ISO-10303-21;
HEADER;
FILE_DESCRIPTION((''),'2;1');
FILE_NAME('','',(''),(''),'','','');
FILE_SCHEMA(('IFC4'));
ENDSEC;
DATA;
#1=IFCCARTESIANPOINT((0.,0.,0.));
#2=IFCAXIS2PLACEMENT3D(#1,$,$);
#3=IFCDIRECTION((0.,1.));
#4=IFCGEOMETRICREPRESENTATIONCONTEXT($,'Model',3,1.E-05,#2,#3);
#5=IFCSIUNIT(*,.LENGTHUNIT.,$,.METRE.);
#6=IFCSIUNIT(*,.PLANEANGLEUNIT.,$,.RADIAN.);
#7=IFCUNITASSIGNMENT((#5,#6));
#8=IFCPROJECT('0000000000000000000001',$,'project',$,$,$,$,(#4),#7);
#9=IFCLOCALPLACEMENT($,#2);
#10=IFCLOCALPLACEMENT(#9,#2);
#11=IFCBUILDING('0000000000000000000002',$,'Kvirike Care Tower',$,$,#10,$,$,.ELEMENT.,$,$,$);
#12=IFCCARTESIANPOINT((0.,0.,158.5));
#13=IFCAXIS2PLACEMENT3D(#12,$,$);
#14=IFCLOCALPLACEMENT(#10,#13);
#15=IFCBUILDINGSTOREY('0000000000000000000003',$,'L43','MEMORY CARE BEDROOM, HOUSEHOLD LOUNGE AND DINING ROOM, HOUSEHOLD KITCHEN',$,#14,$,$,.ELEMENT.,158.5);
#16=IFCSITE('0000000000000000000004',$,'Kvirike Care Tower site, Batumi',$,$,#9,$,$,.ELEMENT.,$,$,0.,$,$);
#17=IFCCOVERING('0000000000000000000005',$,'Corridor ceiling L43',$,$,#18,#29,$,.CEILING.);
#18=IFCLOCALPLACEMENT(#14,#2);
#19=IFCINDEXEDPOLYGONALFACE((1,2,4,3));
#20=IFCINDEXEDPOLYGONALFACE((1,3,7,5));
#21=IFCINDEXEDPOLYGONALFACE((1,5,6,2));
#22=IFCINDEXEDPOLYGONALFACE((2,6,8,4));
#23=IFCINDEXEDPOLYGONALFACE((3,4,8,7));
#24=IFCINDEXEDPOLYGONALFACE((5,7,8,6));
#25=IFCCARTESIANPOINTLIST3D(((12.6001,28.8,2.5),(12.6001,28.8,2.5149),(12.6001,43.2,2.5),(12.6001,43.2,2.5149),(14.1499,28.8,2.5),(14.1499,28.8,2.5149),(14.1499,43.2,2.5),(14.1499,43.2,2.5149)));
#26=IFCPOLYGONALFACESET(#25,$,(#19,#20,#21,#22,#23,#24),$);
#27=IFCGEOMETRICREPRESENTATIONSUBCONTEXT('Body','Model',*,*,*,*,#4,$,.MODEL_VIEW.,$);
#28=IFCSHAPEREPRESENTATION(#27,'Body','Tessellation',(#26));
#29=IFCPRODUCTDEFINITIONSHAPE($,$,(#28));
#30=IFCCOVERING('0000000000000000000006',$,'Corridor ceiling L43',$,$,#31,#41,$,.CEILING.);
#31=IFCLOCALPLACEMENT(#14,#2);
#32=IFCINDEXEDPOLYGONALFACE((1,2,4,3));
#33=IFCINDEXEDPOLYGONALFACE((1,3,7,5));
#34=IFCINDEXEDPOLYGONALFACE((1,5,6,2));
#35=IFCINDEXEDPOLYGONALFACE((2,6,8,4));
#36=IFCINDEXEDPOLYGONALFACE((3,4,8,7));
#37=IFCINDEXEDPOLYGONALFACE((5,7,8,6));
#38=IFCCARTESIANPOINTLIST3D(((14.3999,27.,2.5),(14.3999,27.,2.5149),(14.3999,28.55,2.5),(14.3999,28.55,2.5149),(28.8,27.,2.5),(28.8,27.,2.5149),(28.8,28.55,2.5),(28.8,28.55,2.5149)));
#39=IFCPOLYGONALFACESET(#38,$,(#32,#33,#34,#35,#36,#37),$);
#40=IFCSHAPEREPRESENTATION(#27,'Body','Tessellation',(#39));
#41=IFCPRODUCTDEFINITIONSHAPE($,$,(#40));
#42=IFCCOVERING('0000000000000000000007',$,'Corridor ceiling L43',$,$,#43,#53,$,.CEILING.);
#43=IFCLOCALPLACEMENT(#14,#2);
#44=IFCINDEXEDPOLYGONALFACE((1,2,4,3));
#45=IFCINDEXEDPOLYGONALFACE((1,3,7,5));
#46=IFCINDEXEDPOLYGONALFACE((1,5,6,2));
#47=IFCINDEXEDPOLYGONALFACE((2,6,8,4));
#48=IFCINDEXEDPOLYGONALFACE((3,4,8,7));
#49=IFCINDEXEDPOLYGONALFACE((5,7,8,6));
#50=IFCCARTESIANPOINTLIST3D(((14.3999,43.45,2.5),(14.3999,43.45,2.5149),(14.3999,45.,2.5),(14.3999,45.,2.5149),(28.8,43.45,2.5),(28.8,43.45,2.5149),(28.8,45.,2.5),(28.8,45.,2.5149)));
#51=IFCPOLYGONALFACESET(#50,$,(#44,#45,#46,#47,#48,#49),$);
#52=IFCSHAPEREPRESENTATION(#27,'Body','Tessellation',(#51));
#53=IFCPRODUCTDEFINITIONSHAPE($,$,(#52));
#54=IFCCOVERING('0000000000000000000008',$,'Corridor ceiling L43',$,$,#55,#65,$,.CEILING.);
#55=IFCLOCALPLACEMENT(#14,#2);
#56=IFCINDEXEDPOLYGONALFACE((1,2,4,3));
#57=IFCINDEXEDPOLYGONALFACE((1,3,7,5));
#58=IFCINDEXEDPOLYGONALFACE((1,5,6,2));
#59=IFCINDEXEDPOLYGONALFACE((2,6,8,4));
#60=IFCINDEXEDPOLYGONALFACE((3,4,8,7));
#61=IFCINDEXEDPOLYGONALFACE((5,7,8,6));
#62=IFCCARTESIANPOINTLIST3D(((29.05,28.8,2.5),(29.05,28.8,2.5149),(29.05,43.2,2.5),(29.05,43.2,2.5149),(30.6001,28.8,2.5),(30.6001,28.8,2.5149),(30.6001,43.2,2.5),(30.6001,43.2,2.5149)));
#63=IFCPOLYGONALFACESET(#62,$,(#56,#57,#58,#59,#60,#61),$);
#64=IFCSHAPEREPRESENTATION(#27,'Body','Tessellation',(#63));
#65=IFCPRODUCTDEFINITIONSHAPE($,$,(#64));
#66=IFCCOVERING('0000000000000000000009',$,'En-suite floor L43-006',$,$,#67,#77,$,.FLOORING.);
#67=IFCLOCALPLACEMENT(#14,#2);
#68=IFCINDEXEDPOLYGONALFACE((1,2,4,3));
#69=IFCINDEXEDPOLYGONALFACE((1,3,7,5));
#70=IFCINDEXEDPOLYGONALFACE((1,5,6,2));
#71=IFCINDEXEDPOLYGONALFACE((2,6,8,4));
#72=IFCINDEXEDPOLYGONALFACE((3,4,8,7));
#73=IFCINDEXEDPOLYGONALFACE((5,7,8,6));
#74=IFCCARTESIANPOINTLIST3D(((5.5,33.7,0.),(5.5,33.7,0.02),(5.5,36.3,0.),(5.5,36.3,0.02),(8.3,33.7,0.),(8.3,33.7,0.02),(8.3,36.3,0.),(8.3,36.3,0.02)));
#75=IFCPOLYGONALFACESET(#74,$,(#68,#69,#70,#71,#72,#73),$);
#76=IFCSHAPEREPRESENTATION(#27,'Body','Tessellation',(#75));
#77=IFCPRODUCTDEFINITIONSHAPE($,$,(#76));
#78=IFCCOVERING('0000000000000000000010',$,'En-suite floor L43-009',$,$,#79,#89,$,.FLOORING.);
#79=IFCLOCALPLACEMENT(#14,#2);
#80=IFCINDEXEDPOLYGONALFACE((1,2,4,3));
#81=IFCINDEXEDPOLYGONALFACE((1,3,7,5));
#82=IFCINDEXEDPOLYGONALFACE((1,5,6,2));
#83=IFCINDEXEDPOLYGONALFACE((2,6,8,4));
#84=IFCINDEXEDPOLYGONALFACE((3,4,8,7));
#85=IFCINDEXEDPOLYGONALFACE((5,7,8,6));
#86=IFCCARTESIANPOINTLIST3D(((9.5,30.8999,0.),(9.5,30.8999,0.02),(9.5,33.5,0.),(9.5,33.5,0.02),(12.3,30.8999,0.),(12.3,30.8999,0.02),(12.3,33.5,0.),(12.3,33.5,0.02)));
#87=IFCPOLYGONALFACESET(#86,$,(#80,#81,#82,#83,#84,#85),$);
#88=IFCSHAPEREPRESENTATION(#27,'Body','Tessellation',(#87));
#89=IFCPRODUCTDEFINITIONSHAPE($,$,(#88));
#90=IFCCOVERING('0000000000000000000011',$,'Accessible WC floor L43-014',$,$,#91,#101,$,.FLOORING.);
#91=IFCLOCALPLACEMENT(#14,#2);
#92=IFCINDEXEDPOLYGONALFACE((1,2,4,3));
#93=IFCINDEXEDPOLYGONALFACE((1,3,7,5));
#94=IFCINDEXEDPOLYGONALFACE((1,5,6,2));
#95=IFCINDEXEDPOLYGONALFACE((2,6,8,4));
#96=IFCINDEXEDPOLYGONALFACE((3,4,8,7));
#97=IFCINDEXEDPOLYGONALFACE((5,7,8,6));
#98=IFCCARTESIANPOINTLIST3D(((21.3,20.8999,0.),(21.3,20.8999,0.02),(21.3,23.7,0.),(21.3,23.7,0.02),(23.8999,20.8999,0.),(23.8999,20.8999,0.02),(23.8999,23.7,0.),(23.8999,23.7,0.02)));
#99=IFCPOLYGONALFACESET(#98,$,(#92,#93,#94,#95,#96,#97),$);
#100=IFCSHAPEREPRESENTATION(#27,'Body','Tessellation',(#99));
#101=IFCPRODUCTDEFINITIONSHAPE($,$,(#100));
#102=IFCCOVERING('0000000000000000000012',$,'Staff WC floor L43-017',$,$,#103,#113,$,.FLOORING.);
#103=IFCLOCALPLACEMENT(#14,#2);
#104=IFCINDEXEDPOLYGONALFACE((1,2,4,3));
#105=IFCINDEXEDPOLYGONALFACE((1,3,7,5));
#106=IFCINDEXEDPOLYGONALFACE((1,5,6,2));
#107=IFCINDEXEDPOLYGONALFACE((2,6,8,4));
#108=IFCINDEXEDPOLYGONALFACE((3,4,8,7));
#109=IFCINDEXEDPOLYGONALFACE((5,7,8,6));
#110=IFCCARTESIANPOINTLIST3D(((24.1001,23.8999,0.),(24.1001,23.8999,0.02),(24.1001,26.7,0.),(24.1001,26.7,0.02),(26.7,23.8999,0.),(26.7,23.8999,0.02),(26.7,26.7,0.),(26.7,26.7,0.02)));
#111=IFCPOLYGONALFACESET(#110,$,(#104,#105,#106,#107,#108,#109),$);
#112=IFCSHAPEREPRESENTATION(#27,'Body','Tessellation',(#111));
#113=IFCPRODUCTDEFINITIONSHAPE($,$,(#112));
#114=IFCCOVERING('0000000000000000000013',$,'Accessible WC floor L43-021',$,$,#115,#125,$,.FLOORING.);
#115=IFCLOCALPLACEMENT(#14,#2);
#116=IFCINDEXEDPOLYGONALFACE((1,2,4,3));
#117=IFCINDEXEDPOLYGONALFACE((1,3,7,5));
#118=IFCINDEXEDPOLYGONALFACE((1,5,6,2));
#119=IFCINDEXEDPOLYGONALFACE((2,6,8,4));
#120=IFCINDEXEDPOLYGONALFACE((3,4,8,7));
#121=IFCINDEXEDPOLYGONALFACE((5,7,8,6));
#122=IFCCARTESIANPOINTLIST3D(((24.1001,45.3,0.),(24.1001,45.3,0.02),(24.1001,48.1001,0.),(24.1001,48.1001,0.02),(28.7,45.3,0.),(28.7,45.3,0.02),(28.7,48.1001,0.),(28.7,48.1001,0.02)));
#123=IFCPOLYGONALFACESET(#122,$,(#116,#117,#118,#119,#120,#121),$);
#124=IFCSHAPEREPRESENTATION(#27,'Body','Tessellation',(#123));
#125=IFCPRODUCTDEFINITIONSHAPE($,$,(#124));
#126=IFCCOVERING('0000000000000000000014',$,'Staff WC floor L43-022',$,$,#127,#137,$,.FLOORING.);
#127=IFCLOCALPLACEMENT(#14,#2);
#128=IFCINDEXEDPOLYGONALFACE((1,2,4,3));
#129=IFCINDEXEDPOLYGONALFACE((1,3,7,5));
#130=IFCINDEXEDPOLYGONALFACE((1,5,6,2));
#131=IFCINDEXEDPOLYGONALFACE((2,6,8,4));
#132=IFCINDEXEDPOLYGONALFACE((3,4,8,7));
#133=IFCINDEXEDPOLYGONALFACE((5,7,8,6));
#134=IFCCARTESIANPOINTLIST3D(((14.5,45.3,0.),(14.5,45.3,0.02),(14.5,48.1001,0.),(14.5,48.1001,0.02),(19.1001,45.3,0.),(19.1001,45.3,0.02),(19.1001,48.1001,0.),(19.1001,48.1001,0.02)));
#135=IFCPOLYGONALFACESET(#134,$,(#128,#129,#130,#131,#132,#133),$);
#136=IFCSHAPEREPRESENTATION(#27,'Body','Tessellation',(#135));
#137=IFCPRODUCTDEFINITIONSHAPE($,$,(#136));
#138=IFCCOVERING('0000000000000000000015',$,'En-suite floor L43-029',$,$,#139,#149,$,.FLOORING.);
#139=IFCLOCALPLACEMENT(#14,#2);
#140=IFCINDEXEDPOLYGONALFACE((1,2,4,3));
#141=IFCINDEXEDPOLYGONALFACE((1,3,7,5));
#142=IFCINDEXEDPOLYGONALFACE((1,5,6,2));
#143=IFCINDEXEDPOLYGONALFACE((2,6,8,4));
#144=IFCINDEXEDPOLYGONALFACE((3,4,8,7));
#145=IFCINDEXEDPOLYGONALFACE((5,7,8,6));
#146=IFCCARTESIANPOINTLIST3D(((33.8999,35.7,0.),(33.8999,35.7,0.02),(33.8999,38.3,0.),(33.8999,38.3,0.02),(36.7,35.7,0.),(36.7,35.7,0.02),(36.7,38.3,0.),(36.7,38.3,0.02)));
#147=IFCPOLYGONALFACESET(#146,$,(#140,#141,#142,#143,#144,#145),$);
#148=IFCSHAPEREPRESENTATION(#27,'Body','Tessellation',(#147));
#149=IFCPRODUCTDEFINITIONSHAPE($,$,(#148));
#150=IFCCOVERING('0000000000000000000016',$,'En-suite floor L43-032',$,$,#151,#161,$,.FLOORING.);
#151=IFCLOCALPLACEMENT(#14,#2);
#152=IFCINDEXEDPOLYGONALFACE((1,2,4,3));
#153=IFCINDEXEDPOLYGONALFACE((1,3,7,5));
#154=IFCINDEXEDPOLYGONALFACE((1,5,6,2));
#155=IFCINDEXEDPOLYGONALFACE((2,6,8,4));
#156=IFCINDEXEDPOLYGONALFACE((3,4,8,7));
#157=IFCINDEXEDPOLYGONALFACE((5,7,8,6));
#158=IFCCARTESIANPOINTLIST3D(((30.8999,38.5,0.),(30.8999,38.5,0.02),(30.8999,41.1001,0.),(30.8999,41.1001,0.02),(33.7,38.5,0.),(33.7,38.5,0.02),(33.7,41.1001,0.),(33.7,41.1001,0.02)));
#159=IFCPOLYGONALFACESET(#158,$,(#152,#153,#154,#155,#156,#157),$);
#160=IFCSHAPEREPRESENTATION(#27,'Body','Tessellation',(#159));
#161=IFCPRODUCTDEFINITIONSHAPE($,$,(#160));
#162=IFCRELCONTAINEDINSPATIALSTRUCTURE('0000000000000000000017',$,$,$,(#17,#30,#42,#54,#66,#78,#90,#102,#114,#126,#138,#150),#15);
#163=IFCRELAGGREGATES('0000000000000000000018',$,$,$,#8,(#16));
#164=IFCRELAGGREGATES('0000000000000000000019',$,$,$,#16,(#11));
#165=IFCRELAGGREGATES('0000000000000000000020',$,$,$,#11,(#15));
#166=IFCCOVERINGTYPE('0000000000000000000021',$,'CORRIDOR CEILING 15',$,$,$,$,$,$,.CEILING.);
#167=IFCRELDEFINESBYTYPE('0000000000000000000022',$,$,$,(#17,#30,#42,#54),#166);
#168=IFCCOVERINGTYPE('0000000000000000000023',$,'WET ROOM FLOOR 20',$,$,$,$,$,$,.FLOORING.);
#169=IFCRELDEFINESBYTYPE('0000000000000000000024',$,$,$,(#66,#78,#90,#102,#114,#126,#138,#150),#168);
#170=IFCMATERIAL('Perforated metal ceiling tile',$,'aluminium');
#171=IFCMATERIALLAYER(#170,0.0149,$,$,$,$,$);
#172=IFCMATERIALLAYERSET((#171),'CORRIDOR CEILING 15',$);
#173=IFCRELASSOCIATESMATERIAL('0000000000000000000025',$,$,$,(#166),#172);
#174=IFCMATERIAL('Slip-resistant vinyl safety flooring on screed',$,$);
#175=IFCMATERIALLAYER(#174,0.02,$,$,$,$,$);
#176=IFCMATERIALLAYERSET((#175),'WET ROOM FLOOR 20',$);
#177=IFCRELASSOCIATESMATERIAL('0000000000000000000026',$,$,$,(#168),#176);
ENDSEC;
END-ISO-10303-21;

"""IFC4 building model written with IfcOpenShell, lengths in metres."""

from ifc_helpers import new_model, si_unit, direction, frame, origin, place, context, subcontext, project, spatial, polyline, outline, extrude, material, layer, layer_set, type_object, element, save


model = new_model("IFC4")

# Units and contexts
model_context = context("Model", 3, precision=1e-05, world=origin(), true_north=direction((0.0, 1.0)))
body_context = subcontext(model_context, "Body", "Model", "MODEL_VIEW")
ifc_project = project(units=[si_unit("LENGTHUNIT", "METRE"), si_unit("PLANEANGLEUNIT", "RADIAN")], contexts=[model_context])

# Site, building, storey
site_placement = place(None, origin())
site = spatial("IfcSite", under=ifc_project, at=site_placement, Name="Kvirike Care Tower site, Batumi", CompositionType="ELEMENT", RefElevation=0.0)
building_placement = place(site_placement, origin())
building = spatial("IfcBuilding", under=site, at=building_placement, Name="Kvirike Care Tower", CompositionType="ELEMENT")
storey_placement = place(building_placement, frame((0.0, 0.0, 158.5)))
storey = spatial("IfcBuildingStorey", under=building, at=storey_placement, Name="L43", Description="MEMORY CARE BEDROOM, HOUSEHOLD LOUNGE AND DINING ROOM, HOUSEHOLD KITCHEN", CompositionType="ELEMENT", Elevation=158.5)

# Coverings
ifc_material_1 = material(Name="Perforated metal ceiling tile", Category="aluminium")
ifc_layer_1 = layer(ifc_material_1, 0.0149)
ifc_layer_set_1 = layer_set([ifc_layer_1], Name="CORRIDOR CEILING 15")
covering_type_1 = type_object("IfcCoveringType", Name="CORRIDOR CEILING 15", PredefinedType="CEILING", material=ifc_layer_set_1)
covering_1_placement = place(storey_placement, frame((0.0, 0.0, 2.5)))
element("IfcCovering", 1, at=covering_1_placement, inside=storey, type_object=covering_type_1, Name="Corridor ceiling L43", PredefinedType="CEILING", context=body_context, shape_type="SweptSolid", body=[
    extrude(outline(polyline([(12.6001, 43.2), (14.1499, 43.2), (14.1499, 28.8), (12.6001, 28.8), (12.6001, 43.2)])), origin(), (0.0, 0.0, 1.0), 0.0149),
])
covering_2_placement = place(storey_placement, frame((0.0, 0.0, 2.5)))
element("IfcCovering", 2, at=covering_2_placement, inside=storey, type_object=covering_type_1, Name="Corridor ceiling L43", PredefinedType="CEILING", context=body_context, shape_type="SweptSolid", body=[
    extrude(outline(polyline([(14.3999, 27.0), (14.3999, 28.55), (28.8, 28.55), (28.8, 27.0), (14.3999, 27.0)])), origin(), (0.0, 0.0, 1.0), 0.0149),
])
covering_3_placement = place(storey_placement, frame((0.0, 0.0, 2.5)))
element("IfcCovering", 3, at=covering_3_placement, inside=storey, type_object=covering_type_1, Name="Corridor ceiling L43", PredefinedType="CEILING", context=body_context, shape_type="SweptSolid", body=[
    extrude(outline(polyline([(28.8, 45.0), (28.8, 43.45), (14.3999, 43.45), (14.3999, 45.0), (28.8, 45.0)])), origin(), (0.0, 0.0, 1.0), 0.0149),
])
covering_4_placement = place(storey_placement, frame((0.0, 0.0, 2.5)))
element("IfcCovering", 4, at=covering_4_placement, inside=storey, type_object=covering_type_1, Name="Corridor ceiling L43", PredefinedType="CEILING", context=body_context, shape_type="SweptSolid", body=[
    extrude(outline(polyline([(30.6001, 28.8), (29.05, 28.8), (29.05, 43.2), (30.6001, 43.2), (30.6001, 28.8)])), origin(), (0.0, 0.0, 1.0), 0.0149),
])
ifc_material_2 = material(Name="Slip-resistant vinyl safety flooring on screed")
ifc_layer_2 = layer(ifc_material_2, 0.02)
ifc_layer_set_2 = layer_set([ifc_layer_2], Name="WET ROOM FLOOR 20")
covering_type_2 = type_object("IfcCoveringType", Name="WET ROOM FLOOR 20", PredefinedType="FLOORING", material=ifc_layer_set_2)
covering_5_placement = place(storey_placement, origin())
element("IfcCovering", 5, at=covering_5_placement, inside=storey, type_object=covering_type_2, Name="En-suite floor L43-006", PredefinedType="FLOORING", context=body_context, shape_type="SweptSolid", body=[
    extrude(outline(polyline([(5.5, 36.3), (8.3, 36.3), (8.3, 33.7), (5.5, 33.7), (5.5, 36.3)])), origin(), (0.0, 0.0, 1.0), 0.02),
])
covering_6_placement = place(storey_placement, origin())
element("IfcCovering", 6, at=covering_6_placement, inside=storey, type_object=covering_type_2, Name="En-suite floor L43-009", PredefinedType="FLOORING", context=body_context, shape_type="SweptSolid", body=[
    extrude(outline(polyline([(9.5, 33.5), (12.3, 33.5), (12.3, 30.8999), (9.5, 30.8999), (9.5, 33.5)])), origin(), (0.0, 0.0, 1.0), 0.02),
])
covering_7_placement = place(storey_placement, origin())
element("IfcCovering", 7, at=covering_7_placement, inside=storey, type_object=covering_type_2, Name="Accessible WC floor L43-014", PredefinedType="FLOORING", context=body_context, shape_type="SweptSolid", body=[
    extrude(outline(polyline([(21.3, 20.8999), (21.3, 23.7), (23.8999, 23.7), (23.8999, 20.8999), (21.3, 20.8999)])), origin(), (0.0, 0.0, 1.0), 0.02),
])
covering_8_placement = place(storey_placement, origin())
element("IfcCovering", 8, at=covering_8_placement, inside=storey, type_object=covering_type_2, Name="Staff WC floor L43-017", PredefinedType="FLOORING", context=body_context, shape_type="SweptSolid", body=[
    extrude(outline(polyline([(24.1001, 23.8999), (24.1001, 26.7), (26.7, 26.7), (26.7, 23.8999), (24.1001, 23.8999)])), origin(), (0.0, 0.0, 1.0), 0.02),
])
covering_9_placement = place(storey_placement, origin())
element("IfcCovering", 9, at=covering_9_placement, inside=storey, type_object=covering_type_2, Name="Accessible WC floor L43-021", PredefinedType="FLOORING", context=body_context, shape_type="SweptSolid", body=[
    extrude(outline(polyline([(28.7, 48.1001), (28.7, 45.3), (24.1001, 45.3), (24.1001, 48.1001), (28.7, 48.1001)])), origin(), (0.0, 0.0, 1.0), 0.02),
])
covering_10_placement = place(storey_placement, origin())
element("IfcCovering", 10, at=covering_10_placement, inside=storey, type_object=covering_type_2, Name="Staff WC floor L43-022", PredefinedType="FLOORING", context=body_context, shape_type="SweptSolid", body=[
    extrude(outline(polyline([(19.1001, 48.1001), (19.1001, 45.3), (14.5, 45.3), (14.5, 48.1001), (19.1001, 48.1001)])), origin(), (0.0, 0.0, 1.0), 0.02),
])
covering_11_placement = place(storey_placement, origin())
element("IfcCovering", 11, at=covering_11_placement, inside=storey, type_object=covering_type_2, Name="En-suite floor L43-029", PredefinedType="FLOORING", context=body_context, shape_type="SweptSolid", body=[
    extrude(outline(polyline([(36.7, 35.7), (33.8999, 35.7), (33.8999, 38.3), (36.7, 38.3), (36.7, 35.7)])), origin(), (0.0, 0.0, 1.0), 0.02),
])
covering_12_placement = place(storey_placement, origin())
element("IfcCovering", 12, at=covering_12_placement, inside=storey, type_object=covering_type_2, Name="En-suite floor L43-032", PredefinedType="FLOORING", context=body_context, shape_type="SweptSolid", body=[
    extrude(outline(polyline([(33.7, 38.5), (30.8999, 38.5), (30.8999, 41.1001), (33.7, 41.1001), (33.7, 38.5)])), origin(), (0.0, 0.0, 1.0), 0.02),
])

save(model, "model.ifc")
